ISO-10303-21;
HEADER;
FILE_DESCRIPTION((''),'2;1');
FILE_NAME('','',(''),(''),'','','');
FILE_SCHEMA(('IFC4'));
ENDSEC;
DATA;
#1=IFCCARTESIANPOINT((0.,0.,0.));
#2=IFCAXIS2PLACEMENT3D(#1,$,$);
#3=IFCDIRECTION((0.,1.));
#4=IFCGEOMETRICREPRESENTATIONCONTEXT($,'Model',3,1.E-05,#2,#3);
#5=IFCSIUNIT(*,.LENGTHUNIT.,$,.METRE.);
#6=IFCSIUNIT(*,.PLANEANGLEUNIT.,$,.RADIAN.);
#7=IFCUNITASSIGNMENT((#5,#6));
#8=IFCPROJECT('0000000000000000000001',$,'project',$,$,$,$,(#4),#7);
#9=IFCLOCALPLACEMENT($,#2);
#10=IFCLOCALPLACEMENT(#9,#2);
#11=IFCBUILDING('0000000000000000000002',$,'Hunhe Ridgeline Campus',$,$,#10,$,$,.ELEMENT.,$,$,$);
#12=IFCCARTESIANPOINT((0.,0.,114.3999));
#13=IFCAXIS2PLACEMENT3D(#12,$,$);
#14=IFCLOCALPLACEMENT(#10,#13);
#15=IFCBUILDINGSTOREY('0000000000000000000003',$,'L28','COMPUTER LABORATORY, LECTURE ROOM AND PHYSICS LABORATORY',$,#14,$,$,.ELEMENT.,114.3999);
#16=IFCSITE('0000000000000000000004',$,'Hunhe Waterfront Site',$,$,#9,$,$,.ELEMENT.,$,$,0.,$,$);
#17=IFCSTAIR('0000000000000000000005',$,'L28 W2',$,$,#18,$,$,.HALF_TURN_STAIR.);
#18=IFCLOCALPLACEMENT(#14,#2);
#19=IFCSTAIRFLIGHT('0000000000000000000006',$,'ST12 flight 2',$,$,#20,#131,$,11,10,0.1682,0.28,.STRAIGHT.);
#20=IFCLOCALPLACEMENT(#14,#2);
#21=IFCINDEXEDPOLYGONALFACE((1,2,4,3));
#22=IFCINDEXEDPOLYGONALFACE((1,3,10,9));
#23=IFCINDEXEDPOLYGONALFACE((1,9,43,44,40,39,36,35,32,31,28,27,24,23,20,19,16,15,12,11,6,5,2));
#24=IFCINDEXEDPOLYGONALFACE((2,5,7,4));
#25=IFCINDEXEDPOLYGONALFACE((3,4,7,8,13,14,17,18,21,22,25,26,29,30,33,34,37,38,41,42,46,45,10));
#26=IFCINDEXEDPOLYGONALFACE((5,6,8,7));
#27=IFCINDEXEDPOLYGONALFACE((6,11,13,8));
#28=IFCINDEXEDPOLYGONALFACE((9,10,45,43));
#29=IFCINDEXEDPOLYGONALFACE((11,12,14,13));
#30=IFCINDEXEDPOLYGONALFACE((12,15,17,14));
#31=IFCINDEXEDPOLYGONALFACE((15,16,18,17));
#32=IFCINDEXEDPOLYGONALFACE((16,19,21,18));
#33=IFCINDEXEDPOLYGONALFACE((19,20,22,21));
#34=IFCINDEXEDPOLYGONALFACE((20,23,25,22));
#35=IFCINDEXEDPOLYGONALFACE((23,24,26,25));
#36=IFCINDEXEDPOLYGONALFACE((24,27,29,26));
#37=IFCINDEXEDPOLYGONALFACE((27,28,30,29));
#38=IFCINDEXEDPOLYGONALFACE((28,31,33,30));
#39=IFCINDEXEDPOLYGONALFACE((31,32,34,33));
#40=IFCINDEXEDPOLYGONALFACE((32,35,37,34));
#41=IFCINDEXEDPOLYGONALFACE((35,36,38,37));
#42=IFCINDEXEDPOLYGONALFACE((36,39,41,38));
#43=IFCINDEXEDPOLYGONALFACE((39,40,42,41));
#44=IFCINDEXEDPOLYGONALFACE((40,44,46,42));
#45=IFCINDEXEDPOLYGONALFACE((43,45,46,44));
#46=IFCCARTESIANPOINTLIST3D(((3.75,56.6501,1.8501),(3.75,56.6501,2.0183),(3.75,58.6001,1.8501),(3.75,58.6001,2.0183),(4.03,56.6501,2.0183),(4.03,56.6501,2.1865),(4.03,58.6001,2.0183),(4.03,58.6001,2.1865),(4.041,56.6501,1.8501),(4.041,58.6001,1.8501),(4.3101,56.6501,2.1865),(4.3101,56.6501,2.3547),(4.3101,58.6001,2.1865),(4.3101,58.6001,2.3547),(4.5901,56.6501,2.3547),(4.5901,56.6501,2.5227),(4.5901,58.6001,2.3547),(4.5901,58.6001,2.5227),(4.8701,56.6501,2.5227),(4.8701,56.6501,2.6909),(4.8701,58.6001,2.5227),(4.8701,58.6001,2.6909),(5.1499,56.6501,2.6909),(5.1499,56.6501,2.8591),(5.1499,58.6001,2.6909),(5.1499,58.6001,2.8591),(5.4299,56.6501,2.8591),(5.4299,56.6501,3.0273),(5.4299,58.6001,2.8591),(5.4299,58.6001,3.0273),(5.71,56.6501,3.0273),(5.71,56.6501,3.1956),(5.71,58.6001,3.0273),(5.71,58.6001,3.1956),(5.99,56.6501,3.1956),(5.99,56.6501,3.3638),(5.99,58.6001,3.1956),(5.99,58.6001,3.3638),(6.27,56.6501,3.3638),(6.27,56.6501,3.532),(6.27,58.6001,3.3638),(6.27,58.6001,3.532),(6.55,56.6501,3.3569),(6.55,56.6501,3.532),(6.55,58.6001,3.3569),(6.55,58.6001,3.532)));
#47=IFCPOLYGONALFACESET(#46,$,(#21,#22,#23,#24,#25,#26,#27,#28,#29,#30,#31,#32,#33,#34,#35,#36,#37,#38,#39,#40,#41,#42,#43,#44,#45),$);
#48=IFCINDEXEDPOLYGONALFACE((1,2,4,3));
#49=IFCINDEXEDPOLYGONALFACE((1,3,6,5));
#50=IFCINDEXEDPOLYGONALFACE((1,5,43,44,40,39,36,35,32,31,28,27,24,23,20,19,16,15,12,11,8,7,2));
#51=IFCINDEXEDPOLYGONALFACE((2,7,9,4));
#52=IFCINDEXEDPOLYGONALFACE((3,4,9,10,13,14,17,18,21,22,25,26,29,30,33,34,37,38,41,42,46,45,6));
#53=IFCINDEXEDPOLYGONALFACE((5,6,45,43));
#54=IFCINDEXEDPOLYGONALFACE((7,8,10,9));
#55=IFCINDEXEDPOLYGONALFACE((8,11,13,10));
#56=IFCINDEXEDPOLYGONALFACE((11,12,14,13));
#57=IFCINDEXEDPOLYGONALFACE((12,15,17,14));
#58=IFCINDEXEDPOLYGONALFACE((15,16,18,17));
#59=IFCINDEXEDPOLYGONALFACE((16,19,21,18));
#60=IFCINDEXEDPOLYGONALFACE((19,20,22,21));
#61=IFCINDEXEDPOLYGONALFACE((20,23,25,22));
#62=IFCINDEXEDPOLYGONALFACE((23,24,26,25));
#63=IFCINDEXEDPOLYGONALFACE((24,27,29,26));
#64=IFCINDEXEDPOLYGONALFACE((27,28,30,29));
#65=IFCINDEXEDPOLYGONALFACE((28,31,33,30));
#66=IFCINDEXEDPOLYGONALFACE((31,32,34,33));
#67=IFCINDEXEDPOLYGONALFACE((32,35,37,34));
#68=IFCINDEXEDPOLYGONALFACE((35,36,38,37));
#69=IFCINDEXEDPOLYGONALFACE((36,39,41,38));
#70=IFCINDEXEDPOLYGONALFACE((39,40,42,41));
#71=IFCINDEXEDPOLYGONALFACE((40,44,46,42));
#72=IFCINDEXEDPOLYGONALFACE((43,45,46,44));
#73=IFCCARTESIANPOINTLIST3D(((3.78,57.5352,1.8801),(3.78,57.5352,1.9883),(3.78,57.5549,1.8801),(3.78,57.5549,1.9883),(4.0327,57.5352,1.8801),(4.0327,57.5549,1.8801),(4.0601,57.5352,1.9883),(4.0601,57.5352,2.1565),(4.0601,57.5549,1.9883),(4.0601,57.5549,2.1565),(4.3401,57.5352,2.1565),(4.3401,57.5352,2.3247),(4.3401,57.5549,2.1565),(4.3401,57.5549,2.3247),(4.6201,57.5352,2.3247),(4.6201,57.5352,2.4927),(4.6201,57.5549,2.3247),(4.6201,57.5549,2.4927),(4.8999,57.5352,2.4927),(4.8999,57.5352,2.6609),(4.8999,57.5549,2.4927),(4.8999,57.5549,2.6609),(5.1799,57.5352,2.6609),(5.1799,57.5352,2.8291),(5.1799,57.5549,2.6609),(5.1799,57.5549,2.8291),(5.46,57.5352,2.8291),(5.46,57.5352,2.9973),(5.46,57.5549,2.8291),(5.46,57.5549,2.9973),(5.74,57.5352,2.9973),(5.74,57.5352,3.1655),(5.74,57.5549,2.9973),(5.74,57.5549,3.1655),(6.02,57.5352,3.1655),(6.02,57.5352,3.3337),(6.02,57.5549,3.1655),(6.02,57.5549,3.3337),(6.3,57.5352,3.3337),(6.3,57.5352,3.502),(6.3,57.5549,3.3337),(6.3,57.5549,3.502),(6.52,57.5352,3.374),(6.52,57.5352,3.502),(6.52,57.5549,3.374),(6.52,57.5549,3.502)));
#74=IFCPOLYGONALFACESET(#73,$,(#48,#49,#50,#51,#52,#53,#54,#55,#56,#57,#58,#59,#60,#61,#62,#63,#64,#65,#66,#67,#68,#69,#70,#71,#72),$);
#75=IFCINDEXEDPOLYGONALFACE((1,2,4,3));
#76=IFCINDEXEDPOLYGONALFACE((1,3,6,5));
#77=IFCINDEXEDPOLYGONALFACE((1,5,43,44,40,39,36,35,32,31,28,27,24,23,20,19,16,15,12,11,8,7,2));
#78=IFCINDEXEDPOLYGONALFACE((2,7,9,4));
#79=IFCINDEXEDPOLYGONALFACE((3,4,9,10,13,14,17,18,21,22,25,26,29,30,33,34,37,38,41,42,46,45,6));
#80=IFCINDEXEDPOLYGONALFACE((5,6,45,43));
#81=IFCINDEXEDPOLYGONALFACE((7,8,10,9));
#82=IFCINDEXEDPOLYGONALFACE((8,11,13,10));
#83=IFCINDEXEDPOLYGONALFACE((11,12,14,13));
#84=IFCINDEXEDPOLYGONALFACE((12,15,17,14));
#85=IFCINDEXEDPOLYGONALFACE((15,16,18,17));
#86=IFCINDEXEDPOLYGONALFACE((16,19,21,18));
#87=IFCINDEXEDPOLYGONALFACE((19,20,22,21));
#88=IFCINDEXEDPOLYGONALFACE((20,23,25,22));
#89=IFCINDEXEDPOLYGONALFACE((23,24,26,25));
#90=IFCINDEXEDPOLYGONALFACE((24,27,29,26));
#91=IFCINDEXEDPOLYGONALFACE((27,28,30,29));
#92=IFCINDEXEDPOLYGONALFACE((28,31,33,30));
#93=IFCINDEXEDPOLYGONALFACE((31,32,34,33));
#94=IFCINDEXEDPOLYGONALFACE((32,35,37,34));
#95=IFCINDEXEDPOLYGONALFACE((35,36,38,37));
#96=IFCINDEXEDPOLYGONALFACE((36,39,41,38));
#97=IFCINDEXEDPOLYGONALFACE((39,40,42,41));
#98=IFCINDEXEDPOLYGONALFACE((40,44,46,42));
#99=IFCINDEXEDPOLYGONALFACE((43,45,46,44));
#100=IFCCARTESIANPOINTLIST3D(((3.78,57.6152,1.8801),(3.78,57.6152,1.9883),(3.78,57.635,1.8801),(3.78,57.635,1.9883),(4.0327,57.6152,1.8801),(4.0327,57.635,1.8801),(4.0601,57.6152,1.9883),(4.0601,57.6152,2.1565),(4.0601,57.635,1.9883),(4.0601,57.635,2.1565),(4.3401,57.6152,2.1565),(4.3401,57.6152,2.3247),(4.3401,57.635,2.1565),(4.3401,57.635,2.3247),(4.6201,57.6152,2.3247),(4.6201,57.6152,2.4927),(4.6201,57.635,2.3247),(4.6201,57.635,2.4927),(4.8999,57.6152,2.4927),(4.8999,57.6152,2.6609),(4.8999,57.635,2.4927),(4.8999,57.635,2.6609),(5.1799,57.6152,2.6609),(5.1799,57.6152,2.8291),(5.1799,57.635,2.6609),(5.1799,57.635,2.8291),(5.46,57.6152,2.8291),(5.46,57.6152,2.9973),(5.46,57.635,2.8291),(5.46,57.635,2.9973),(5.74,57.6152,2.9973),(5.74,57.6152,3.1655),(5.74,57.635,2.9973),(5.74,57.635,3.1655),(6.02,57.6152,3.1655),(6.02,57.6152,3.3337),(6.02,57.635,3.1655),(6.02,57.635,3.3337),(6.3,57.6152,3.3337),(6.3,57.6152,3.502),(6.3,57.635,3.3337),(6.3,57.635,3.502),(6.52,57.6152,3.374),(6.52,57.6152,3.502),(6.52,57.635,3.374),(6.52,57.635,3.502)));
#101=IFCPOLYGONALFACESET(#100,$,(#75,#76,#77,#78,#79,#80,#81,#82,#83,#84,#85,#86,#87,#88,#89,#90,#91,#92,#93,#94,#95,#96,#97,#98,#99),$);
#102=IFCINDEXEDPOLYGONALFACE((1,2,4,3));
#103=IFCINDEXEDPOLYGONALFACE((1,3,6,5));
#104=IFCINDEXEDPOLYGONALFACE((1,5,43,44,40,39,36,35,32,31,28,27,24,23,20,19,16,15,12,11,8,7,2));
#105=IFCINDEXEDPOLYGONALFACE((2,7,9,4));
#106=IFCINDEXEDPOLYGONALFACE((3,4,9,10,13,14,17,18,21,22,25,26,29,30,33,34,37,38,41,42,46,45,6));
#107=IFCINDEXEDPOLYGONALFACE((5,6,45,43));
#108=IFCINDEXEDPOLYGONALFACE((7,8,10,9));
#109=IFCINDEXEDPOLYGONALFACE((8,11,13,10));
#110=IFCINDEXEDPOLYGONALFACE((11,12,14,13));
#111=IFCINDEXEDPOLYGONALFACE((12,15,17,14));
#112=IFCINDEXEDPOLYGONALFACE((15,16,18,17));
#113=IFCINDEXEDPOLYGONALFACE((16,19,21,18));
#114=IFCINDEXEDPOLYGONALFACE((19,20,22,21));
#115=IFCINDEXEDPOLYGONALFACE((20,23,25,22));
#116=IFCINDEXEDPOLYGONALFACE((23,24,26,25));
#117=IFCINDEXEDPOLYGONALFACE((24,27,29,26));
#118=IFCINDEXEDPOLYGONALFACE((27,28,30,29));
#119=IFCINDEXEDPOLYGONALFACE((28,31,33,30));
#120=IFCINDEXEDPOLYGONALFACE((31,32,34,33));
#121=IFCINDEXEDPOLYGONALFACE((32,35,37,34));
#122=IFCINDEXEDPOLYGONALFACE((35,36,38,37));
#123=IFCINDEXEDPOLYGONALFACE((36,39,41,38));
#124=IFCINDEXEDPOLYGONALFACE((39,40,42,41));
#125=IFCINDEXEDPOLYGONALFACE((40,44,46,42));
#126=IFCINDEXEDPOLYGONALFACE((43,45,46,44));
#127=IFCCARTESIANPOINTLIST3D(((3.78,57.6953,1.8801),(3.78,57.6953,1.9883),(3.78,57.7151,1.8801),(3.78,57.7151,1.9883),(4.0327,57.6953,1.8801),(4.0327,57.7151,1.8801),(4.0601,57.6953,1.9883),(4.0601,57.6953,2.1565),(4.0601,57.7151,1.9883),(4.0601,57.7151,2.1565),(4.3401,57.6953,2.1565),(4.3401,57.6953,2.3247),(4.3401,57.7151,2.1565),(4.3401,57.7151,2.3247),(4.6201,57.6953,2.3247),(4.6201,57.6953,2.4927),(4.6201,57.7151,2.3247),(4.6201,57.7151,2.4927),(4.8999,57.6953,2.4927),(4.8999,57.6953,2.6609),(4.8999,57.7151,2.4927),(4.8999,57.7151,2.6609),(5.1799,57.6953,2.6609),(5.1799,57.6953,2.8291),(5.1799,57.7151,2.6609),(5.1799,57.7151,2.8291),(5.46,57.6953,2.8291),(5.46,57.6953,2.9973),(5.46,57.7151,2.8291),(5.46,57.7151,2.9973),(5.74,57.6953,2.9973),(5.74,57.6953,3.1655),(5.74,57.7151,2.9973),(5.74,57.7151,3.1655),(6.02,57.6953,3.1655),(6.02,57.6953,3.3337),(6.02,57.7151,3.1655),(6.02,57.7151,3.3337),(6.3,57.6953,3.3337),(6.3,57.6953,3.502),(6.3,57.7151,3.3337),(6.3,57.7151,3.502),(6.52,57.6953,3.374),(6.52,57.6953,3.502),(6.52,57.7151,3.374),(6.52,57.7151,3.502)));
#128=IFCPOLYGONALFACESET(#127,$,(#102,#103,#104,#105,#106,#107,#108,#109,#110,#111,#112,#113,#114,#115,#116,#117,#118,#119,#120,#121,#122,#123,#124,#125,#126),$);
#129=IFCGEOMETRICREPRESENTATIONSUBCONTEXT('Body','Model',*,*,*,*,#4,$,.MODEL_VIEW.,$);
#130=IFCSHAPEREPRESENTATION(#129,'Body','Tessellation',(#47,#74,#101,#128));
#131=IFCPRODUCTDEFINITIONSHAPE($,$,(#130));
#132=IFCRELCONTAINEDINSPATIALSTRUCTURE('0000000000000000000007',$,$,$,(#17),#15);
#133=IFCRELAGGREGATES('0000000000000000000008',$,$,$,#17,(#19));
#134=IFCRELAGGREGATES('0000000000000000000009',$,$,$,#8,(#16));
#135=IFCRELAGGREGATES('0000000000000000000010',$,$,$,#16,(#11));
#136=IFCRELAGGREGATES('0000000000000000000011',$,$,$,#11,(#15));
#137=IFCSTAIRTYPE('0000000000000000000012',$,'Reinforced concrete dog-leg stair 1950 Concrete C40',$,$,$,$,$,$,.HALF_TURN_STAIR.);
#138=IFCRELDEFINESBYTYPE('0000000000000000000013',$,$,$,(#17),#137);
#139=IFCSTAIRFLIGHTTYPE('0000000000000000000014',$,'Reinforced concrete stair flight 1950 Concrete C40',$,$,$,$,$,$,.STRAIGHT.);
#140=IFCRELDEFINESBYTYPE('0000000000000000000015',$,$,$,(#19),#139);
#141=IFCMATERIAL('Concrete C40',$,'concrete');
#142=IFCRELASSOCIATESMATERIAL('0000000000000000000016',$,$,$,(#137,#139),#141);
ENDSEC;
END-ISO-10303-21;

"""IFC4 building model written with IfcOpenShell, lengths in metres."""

from ifc_helpers import new_model, si_unit, direction, frame, origin, place, context, subcontext, project, spatial, polyline, outline, extrude, material, type_object, element, aggregate, save


model = new_model("IFC4")

# Units and contexts
model_context = context("Model", 3, precision=1e-05, world=origin(), true_north=direction((0.0, 1.0)))
body_context = subcontext(model_context, "Body", "Model", "MODEL_VIEW")
ifc_project = project(units=[si_unit("LENGTHUNIT", "METRE"), si_unit("PLANEANGLEUNIT", "RADIAN")], contexts=[model_context])

# Site, building, storey
site_placement = place(None, origin())
site = spatial("IfcSite", under=ifc_project, at=site_placement, Name="Hunhe Waterfront Site", CompositionType="ELEMENT", RefElevation=0.0)
building_placement = place(site_placement, origin())
building = spatial("IfcBuilding", under=site, at=building_placement, Name="Hunhe Ridgeline Campus", CompositionType="ELEMENT")
storey_placement = place(building_placement, frame((0.0, 0.0, 114.3999)))
storey = spatial("IfcBuildingStorey", under=building, at=storey_placement, Name="L28", Description="COMPUTER LABORATORY, LECTURE ROOM AND PHYSICS LABORATORY", CompositionType="ELEMENT", Elevation=114.3999)

# Shared definitions
ifc_material_1 = material(Name="Concrete C40", Category="concrete")
stair_type = type_object("IfcStairType", Name="Reinforced concrete dog-leg stair 1950 Concrete C40", PredefinedType="HALF_TURN_STAIR", material=ifc_material_1)
stair_flight_type = type_object("IfcStairFlightType", Name="Reinforced concrete stair flight 1950 Concrete C40", PredefinedType="STRAIGHT", material=ifc_material_1)

# Stair, stair flight
stair_1_placement = place(storey_placement, origin())
stair_1 = element("IfcStair", 1, at=stair_1_placement, inside=storey, type_object=stair_type, Name="L28 W2", PredefinedType="HALF_TURN_STAIR")
stair_flight_1_placement = place(storey_placement, frame((3.75, 57.625, 1.8501), z_axis=(0.0, 0.0, 1.0), x_axis=(1.0, 0.0, 0.0)))
stair_flight_1 = element("IfcStairFlight", 2, at=stair_flight_1_placement, type_object=stair_flight_type, Name="ST12 flight 2", NumberOfRisers=11, NumberOfTreads=10, PredefinedType="STRAIGHT", RiserHeight=0.1682, TreadLength=0.28, context=body_context, shape_type="SweptSolid", body=[
    extrude(outline(polyline([(0.0, 0.0), (0.0, 0.1682), (0.28, 0.1682), (0.28, 0.3364), (0.5601, 0.3364), (0.5601, 0.5046), (0.8401, 0.5046), (0.8401, 0.6726), (1.1201, 0.6726), (1.1201, 0.8408), (1.3999, 0.8408), (1.3999, 1.009), (1.6799, 1.009), (1.6799, 1.1772), (1.96, 1.1772), (1.96, 1.3455), (2.24, 1.3455), (2.24, 1.5137), (2.52, 1.5137), (2.52, 1.6819), (2.8, 1.6819), (2.8, 1.8501), (2.8, 1.5068), (0.291, 0.0), (0.0, 0.0)])), frame((0.0, 0.9751, 0.0), z_axis=(0.0, -1.0, 0.0), x_axis=(1.0, 0.0, 0.0)), (0.0, 0.0, 1.0), 1.95),
    extrude(outline(polyline([(0.03, 0.03), (0.03, 0.1382), (0.3101, 0.1382), (0.3101, 0.3064), (0.5901, 0.3064), (0.5901, 0.4746), (0.8701, 0.4746), (0.8701, 0.6426), (1.1499, 0.6426), (1.1499, 0.8108), (1.4299, 0.8108), (1.4299, 0.979), (1.71, 0.979), (1.71, 1.1472), (1.99, 1.1472), (1.99, 1.3154), (2.27, 1.3154), (2.27, 1.4836), (2.55, 1.4836), (2.55, 1.6519), (2.77, 1.6519), (2.77, 1.5239), (0.2827, 0.03), (0.03, 0.03)])), frame((0.0, -0.0701, 0.0), z_axis=(0.0, -1.0, 0.0), x_axis=(1.0, 0.0, 0.0)), (0.0, 0.0, 1.0), 0.0198),
    extrude(outline(polyline([(0.03, 0.03), (0.03, 0.1382), (0.3101, 0.1382), (0.3101, 0.3064), (0.5901, 0.3064), (0.5901, 0.4746), (0.8701, 0.4746), (0.8701, 0.6426), (1.1499, 0.6426), (1.1499, 0.8108), (1.4299, 0.8108), (1.4299, 0.979), (1.71, 0.979), (1.71, 1.1472), (1.99, 1.1472), (1.99, 1.3154), (2.27, 1.3154), (2.27, 1.4836), (2.55, 1.4836), (2.55, 1.6519), (2.77, 1.6519), (2.77, 1.5239), (0.2827, 0.03), (0.03, 0.03)])), frame((0.0, 0.01, 0.0), z_axis=(0.0, -1.0, 0.0), x_axis=(1.0, 0.0, 0.0)), (0.0, 0.0, 1.0), 0.0198),
    extrude(outline(polyline([(0.03, 0.03), (0.03, 0.1382), (0.3101, 0.1382), (0.3101, 0.3064), (0.5901, 0.3064), (0.5901, 0.4746), (0.8701, 0.4746), (0.8701, 0.6426), (1.1499, 0.6426), (1.1499, 0.8108), (1.4299, 0.8108), (1.4299, 0.979), (1.71, 0.979), (1.71, 1.1472), (1.99, 1.1472), (1.99, 1.3154), (2.27, 1.3154), (2.27, 1.4836), (2.55, 1.4836), (2.55, 1.6519), (2.77, 1.6519), (2.77, 1.5239), (0.2827, 0.03), (0.03, 0.03)])), frame((0.0, 0.0901, 0.0), z_axis=(0.0, -1.0, 0.0), x_axis=(1.0, 0.0, 0.0)), (0.0, 0.0, 1.0), 0.0198),
])
aggregate(stair_1, [stair_flight_1])

save(model, "model.ifc")
